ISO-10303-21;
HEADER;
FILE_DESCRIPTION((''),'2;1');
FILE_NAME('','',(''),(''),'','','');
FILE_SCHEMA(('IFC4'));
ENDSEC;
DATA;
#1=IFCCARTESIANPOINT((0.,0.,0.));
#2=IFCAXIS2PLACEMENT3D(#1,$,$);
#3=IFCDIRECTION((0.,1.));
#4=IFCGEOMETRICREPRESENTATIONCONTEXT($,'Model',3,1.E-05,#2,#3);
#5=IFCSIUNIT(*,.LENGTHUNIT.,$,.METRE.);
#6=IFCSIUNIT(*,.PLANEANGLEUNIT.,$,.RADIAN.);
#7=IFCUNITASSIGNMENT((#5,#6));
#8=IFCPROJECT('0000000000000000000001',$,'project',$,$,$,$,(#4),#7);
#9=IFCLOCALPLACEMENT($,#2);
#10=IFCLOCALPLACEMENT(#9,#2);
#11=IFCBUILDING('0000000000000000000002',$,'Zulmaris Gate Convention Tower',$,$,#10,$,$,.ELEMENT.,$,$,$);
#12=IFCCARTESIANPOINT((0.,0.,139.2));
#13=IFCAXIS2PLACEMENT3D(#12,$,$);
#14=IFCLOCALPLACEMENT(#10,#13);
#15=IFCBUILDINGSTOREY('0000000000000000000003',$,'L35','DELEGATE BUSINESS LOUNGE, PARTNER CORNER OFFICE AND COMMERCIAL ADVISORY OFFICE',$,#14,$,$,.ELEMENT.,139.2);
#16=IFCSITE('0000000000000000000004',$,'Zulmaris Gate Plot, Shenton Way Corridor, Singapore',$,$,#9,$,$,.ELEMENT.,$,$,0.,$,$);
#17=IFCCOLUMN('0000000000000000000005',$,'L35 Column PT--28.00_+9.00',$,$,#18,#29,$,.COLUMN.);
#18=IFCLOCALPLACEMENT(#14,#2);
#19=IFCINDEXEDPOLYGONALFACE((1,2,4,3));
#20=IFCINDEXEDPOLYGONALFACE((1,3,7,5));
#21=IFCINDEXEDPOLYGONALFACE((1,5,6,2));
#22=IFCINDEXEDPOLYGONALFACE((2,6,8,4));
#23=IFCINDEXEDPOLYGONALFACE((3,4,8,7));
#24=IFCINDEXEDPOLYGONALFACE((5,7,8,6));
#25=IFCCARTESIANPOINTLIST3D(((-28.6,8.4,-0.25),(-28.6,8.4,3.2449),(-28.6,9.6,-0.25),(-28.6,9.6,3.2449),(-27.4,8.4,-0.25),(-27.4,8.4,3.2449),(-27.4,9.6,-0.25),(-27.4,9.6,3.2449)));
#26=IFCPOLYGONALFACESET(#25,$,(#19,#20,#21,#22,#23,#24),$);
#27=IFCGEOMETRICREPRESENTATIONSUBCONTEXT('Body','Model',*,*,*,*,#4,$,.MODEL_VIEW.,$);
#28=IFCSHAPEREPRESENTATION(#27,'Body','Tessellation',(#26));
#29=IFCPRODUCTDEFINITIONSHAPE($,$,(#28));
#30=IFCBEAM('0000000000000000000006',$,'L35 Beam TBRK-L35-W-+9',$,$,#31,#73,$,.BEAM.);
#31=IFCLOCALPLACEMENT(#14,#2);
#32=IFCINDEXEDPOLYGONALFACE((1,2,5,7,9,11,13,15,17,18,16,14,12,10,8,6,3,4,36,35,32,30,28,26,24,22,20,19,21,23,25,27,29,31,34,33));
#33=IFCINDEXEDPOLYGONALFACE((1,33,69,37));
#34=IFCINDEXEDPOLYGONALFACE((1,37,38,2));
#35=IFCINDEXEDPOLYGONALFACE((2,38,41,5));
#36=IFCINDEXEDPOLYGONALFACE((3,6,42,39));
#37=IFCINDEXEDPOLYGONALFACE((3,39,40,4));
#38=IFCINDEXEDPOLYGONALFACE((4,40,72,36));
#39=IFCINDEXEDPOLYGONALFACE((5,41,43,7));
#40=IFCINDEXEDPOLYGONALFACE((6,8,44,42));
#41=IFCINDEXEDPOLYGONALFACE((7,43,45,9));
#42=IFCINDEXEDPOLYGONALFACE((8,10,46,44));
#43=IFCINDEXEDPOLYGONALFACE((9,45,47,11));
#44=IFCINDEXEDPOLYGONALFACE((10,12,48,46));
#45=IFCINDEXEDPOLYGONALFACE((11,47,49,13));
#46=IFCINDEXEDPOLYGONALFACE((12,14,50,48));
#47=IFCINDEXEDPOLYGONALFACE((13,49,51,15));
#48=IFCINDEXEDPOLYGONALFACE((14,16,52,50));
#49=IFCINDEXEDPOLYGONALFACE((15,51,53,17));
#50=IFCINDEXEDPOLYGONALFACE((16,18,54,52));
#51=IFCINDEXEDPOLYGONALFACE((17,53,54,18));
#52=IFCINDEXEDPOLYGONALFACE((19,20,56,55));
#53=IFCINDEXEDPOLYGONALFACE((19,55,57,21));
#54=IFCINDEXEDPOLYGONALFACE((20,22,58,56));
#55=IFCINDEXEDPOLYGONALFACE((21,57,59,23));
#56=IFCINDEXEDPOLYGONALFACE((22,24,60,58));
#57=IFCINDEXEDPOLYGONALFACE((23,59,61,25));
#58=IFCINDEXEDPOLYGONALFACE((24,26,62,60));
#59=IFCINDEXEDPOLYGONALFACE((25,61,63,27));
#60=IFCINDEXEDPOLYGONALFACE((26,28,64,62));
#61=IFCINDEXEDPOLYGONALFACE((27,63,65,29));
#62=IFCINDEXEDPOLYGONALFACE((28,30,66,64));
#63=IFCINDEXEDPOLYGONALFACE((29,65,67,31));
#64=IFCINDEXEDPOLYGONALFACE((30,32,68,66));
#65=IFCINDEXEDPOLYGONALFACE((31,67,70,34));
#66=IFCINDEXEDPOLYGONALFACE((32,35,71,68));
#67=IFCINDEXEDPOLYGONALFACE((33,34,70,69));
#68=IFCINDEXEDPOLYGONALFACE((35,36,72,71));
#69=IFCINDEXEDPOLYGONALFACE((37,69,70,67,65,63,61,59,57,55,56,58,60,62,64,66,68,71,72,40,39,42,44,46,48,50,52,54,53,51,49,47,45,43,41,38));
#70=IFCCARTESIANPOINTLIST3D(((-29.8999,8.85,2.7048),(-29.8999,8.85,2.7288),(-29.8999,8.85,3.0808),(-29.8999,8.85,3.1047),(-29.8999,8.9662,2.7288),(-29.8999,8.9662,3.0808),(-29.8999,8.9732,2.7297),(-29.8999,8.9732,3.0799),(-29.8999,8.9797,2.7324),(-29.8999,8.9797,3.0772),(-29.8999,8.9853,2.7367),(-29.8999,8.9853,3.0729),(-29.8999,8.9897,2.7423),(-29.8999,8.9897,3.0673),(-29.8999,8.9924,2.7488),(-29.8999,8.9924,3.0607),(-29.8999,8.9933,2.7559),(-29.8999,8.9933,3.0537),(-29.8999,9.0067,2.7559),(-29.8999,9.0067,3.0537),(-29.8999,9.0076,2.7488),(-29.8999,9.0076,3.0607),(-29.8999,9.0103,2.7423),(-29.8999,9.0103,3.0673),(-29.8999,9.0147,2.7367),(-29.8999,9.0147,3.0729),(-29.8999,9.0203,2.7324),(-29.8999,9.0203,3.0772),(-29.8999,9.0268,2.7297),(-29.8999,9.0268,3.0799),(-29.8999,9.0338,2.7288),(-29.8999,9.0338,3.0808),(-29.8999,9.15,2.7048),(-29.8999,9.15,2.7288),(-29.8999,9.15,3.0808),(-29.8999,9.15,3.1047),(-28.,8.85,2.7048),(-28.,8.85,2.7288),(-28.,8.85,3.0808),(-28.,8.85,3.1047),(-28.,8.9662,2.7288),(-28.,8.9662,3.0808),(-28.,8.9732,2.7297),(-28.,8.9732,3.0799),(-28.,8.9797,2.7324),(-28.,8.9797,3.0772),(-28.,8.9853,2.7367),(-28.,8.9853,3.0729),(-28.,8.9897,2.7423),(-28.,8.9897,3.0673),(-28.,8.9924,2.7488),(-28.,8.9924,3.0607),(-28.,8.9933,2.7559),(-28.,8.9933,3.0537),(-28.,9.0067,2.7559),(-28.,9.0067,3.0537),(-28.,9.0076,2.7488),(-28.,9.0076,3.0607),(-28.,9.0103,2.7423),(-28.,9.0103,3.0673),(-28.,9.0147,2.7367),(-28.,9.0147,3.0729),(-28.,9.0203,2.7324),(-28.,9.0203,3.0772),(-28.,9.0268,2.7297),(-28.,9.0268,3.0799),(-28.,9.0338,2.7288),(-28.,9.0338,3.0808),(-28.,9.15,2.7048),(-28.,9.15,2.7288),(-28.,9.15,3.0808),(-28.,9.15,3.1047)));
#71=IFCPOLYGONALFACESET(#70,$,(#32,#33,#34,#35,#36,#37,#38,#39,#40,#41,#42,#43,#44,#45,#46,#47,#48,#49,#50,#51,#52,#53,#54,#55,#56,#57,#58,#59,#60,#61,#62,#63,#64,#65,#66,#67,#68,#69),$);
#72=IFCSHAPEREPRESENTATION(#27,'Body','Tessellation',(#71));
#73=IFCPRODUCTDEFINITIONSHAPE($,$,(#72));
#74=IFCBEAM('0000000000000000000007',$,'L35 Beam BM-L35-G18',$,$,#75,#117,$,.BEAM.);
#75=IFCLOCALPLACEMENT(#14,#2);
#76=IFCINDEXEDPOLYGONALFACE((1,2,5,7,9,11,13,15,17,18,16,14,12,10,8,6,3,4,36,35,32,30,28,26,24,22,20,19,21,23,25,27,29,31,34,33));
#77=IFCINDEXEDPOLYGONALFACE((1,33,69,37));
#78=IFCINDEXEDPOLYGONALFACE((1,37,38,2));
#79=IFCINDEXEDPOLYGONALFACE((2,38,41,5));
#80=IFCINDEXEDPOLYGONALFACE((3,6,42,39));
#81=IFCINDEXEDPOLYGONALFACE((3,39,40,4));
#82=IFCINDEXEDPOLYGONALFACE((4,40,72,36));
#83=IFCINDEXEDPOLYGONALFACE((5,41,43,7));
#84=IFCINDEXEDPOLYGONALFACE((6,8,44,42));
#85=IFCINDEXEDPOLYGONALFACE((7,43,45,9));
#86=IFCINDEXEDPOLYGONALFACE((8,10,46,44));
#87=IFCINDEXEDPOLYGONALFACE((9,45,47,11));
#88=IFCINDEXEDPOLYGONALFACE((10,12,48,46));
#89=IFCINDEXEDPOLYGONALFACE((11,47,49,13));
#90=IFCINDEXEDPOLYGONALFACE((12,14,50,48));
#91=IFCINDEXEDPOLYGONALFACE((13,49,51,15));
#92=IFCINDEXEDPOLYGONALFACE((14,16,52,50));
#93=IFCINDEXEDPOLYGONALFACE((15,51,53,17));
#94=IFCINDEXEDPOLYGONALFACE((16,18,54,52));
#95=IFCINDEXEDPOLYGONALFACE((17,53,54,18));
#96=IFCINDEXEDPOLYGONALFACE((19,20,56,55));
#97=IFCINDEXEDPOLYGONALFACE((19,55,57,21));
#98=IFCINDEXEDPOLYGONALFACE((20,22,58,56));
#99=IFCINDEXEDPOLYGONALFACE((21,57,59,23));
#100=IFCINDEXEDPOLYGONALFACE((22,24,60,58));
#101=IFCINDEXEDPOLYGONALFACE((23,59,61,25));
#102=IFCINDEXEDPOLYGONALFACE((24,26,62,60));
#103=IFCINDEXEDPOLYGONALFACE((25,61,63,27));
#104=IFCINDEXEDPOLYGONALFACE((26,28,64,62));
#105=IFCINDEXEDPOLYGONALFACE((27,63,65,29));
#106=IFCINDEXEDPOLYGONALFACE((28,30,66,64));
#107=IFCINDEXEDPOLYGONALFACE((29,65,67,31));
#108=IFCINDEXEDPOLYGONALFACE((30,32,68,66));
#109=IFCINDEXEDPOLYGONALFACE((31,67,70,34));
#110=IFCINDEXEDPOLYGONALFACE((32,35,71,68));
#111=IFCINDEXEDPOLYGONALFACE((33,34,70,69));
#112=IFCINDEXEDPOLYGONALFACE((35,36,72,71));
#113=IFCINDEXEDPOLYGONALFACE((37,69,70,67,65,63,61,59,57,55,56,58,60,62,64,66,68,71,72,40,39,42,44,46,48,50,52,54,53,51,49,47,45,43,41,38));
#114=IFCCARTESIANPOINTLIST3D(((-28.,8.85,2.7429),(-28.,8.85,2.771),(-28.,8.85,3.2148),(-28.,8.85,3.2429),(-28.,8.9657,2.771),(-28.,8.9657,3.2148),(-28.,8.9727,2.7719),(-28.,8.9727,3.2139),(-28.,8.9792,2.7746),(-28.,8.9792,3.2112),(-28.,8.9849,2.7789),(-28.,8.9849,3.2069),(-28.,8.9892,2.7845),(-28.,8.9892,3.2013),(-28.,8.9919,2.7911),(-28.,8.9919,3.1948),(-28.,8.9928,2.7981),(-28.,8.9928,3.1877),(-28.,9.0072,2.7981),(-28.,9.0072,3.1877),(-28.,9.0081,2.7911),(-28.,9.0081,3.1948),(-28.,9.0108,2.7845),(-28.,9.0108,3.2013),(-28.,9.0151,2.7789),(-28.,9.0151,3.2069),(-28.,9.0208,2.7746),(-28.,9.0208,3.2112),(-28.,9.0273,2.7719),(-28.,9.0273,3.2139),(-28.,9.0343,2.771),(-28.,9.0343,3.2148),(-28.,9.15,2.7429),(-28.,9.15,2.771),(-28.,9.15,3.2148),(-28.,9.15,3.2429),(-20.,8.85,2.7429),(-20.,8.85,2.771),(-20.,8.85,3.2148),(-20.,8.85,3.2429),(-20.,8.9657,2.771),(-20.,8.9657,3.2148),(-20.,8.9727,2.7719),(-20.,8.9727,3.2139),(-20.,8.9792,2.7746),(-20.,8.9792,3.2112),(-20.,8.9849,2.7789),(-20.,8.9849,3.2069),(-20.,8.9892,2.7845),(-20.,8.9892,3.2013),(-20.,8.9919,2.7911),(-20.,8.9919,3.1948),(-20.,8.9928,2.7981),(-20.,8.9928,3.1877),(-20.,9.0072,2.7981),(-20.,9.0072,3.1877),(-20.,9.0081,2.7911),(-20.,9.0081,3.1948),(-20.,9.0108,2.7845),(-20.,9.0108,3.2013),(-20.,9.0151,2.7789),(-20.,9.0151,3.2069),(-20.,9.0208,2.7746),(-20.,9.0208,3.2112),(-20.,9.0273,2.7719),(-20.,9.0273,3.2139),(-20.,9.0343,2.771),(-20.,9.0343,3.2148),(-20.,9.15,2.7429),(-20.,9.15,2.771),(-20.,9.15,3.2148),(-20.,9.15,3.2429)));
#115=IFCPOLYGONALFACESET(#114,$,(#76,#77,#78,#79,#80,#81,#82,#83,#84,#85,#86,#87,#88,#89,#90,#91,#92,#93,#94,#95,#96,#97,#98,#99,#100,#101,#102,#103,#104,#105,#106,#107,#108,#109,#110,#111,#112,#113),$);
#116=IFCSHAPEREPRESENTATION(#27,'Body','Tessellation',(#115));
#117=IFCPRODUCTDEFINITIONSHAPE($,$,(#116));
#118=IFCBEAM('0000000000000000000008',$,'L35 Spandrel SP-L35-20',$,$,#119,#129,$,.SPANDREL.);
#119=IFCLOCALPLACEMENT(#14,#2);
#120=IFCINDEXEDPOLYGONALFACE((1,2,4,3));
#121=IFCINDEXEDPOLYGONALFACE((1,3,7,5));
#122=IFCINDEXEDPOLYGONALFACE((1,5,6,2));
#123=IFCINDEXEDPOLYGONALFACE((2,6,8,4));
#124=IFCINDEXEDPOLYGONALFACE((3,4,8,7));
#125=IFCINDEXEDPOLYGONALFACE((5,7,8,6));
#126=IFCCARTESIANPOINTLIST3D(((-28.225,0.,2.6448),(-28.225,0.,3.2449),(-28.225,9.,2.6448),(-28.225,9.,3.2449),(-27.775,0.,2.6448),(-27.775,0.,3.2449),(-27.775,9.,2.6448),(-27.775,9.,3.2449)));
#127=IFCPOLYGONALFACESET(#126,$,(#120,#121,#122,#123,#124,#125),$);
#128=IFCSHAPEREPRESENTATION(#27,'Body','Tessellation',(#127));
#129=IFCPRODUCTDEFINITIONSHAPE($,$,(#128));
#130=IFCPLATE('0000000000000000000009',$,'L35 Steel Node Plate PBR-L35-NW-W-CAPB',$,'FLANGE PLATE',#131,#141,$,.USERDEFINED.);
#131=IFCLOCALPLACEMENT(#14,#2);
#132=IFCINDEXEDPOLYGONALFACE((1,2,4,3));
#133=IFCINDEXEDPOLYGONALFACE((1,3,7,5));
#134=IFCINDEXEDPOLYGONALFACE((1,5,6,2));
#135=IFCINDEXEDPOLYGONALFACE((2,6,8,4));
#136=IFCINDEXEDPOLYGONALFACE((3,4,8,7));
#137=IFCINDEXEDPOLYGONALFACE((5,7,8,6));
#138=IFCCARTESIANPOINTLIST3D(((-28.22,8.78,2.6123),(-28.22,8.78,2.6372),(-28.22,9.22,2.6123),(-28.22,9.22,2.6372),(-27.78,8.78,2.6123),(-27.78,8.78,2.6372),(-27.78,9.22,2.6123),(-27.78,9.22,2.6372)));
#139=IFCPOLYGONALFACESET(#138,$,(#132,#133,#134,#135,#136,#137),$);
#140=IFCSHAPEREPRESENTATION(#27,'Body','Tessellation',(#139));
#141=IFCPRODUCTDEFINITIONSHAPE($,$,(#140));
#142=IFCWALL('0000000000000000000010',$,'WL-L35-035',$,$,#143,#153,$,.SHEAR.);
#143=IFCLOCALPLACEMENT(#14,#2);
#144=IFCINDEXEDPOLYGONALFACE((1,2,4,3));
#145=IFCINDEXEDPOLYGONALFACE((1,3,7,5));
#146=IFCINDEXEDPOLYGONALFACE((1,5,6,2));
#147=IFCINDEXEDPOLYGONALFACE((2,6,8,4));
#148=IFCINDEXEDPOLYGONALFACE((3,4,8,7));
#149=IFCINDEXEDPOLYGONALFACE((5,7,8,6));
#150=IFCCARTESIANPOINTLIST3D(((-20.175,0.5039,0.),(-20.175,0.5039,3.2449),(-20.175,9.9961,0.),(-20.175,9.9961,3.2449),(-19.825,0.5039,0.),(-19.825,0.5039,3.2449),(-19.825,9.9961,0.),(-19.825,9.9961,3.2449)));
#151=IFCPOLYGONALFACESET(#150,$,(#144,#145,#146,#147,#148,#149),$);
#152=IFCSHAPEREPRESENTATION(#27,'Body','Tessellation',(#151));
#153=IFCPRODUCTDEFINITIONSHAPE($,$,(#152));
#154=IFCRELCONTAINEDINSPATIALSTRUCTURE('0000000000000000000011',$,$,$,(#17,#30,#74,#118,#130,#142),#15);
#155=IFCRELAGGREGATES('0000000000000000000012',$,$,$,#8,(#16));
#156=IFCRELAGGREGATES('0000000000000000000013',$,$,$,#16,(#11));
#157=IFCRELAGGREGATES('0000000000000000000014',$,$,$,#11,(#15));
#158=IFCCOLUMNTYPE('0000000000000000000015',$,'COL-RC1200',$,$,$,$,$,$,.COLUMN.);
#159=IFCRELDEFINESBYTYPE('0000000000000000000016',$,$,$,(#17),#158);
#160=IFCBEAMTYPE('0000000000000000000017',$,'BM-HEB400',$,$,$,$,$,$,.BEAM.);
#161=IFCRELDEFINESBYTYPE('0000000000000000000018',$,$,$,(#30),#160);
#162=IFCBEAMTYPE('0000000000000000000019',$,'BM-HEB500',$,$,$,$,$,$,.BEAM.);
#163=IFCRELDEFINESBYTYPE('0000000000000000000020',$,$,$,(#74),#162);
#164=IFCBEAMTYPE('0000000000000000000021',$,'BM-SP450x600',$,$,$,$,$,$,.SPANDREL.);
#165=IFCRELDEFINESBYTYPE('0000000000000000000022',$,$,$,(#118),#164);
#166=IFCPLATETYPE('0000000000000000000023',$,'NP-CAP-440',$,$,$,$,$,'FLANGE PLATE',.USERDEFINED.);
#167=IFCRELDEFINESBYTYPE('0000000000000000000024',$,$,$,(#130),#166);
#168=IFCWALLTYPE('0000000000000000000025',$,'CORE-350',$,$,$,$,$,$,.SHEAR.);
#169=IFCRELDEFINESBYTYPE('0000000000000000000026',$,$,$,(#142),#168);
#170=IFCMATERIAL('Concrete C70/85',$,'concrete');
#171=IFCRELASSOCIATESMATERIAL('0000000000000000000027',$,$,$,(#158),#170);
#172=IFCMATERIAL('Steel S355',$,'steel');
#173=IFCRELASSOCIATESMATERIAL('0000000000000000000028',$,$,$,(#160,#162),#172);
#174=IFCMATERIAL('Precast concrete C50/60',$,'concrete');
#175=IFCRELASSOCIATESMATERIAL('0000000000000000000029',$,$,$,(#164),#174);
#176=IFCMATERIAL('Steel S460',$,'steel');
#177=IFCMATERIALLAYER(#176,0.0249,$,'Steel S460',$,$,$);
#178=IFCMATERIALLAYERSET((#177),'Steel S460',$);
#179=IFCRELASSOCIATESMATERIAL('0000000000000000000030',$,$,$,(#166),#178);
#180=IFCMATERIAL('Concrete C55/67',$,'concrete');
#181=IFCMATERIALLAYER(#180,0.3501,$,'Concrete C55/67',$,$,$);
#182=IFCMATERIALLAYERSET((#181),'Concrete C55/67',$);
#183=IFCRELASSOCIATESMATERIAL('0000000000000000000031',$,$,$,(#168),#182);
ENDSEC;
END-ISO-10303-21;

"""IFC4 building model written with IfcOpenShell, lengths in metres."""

from ifc_helpers import new_model, si_unit, direction, frame, frame_2d, origin, origin_2d, place, context, subcontext, project, spatial, rectangle, i_section, extrude, material, layer, layer_set, material_profile, profile_set, type_object, element, save


model = new_model("IFC4")

# Units and contexts
model_context = context("Model", 3, precision=1e-05, world=origin(), true_north=direction((0.0, 1.0)))
body_context = subcontext(model_context, "Body", "Model", "MODEL_VIEW")
ifc_project = project(units=[si_unit("LENGTHUNIT", "METRE"), si_unit("PLANEANGLEUNIT", "RADIAN")], contexts=[model_context])

# Site, building, storey
site_placement = place(None, origin())
site = spatial("IfcSite", under=ifc_project, at=site_placement, Name="Zulmaris Gate Plot, Shenton Way Corridor, Singapore", CompositionType="ELEMENT", RefElevation=0.0)
building_placement = place(site_placement, origin())
building = spatial("IfcBuilding", under=site, at=building_placement, Name="Zulmaris Gate Convention Tower", CompositionType="ELEMENT")
storey_placement = place(building_placement, frame((0.0, 0.0, 139.2)))
storey = spatial("IfcBuildingStorey", under=building, at=storey_placement, Name="L35", Description="DELEGATE BUSINESS LOUNGE, PARTNER CORNER OFFICE AND COMMERCIAL ADVISORY OFFICE", CompositionType="ELEMENT", Elevation=139.2)

# Column
ifc_material_1 = material(Name="Concrete C70/85", Category="concrete")
ifc_material_profile_1 = material_profile(ifc_material_1, rectangle(XDim=1.2, YDim=1.2, at=origin_2d()), Name="RC COL 1200x1200")
ifc_profile_set_1 = profile_set([ifc_material_profile_1], Name="Concrete C70/85")
column_type = type_object("IfcColumnType", Name="COL-RC1200", PredefinedType="COLUMN", material=ifc_profile_set_1)
column_placement = place(storey_placement, frame((-28.0, 9.0, -0.25), z_axis=(0.0, 0.0, 1.0), x_axis=(1.0, 0.0, 0.0)))
element("IfcColumn", 1, at=column_placement, inside=storey, type_object=column_type, Name="L35 Column PT--28.00_+9.00", PredefinedType="COLUMN", context=body_context, shape_type="SweptSolid", body=[
    extrude(rectangle(XDim=1.2, YDim=1.2, at=origin_2d()), origin(), (0.0, 0.0, 1.0), 3.4949),
])

# Beams
ifc_material_2 = material(Name="Steel S355", Category="steel")
ifc_material_profile_2 = material_profile(ifc_material_2, i_section(OverallWidth=0.3, OverallDepth=0.3999, WebThickness=0.0134, FlangeThickness=0.0239, FilletRadius=0.0271, at=origin_2d()), Name="HEB 400")
ifc_profile_set_2 = profile_set([ifc_material_profile_2], Name="Steel S355")
beam_type_1 = type_object("IfcBeamType", Name="BM-HEB400", PredefinedType="BEAM", material=ifc_profile_set_2)
beam_1_placement = place(storey_placement, frame((-29.8999, 9.0, 2.9048), z_axis=(1.0, 0.0, 0.0), x_axis=(0.0, 1.0, 0.0)))
element("IfcBeam", 2, at=beam_1_placement, inside=storey, type_object=beam_type_1, Name="L35 Beam TBRK-L35-W-+9", PredefinedType="BEAM", context=body_context, shape_type="SweptSolid", body=[
    extrude(i_section(OverallWidth=0.3, OverallDepth=0.3999, WebThickness=0.0134, FlangeThickness=0.0239, FilletRadius=0.0271, at=origin_2d()), origin(), (0.0, 0.0, 1.0), 1.8999),
])
ifc_material_profile_3 = material_profile(ifc_material_2, i_section(OverallWidth=0.3, OverallDepth=0.5, WebThickness=0.0144, FlangeThickness=0.0281, FilletRadius=0.0271, at=origin_2d()), Name="HEB 500")
ifc_profile_set_3 = profile_set([ifc_material_profile_3], Name="Steel S355")
beam_type_2 = type_object("IfcBeamType", Name="BM-HEB500", PredefinedType="BEAM", material=ifc_profile_set_3)
beam_2_placement = place(storey_placement, frame((-28.0, 9.0, 2.9929), z_axis=(1.0, 0.0, 0.0), x_axis=(0.0, 1.0, 0.0)))
element("IfcBeam", 3, at=beam_2_placement, inside=storey, type_object=beam_type_2, Name="L35 Beam BM-L35-G18", PredefinedType="BEAM", context=body_context, shape_type="SweptSolid", body=[
    extrude(i_section(OverallWidth=0.3, OverallDepth=0.5, WebThickness=0.0144, FlangeThickness=0.0281, FilletRadius=0.0271, at=origin_2d()), origin(), (0.0, 0.0, 1.0), 8.0),
])
ifc_material_3 = material(Name="Precast concrete C50/60", Category="concrete")
ifc_material_profile_4 = material_profile(ifc_material_3, rectangle(XDim=0.45, YDim=0.6001, at=origin_2d()), Name="RC SPANDREL 450x600")
ifc_profile_set_4 = profile_set([ifc_material_profile_4], Name="Precast concrete C50/60")
beam_type_3 = type_object("IfcBeamType", Name="BM-SP450x600", PredefinedType="SPANDREL", material=ifc_profile_set_4)
beam_3_placement = place(storey_placement, frame((-28.0, 9.0, 2.9448), z_axis=(0.0, -1.0, 0.0), x_axis=(1.0, 0.0, 0.0)))
element("IfcBeam", 4, at=beam_3_placement, inside=storey, type_object=beam_type_3, Name="L35 Spandrel SP-L35-20", PredefinedType="SPANDREL", context=body_context, shape_type="SweptSolid", body=[
    extrude(rectangle(XDim=0.45, YDim=0.6001, at=origin_2d()), origin(), (0.0, 0.0, 1.0), 9.0),
])

# Plate
ifc_material_4 = material(Name="Steel S460", Category="steel")
ifc_layer_1 = layer(ifc_material_4, 0.0249, Name="Steel S460")
ifc_layer_set_1 = layer_set([ifc_layer_1], Name="Steel S460")
plate_type = type_object("IfcPlateType", Name="NP-CAP-440", ElementType="FLANGE PLATE", PredefinedType="USERDEFINED", material=ifc_layer_set_1)
plate_placement = place(storey_placement, frame((-28.0, 9.0, 2.6123), z_axis=(0.0, 0.0, 1.0), x_axis=(1.0, 0.0, 0.0)))
element("IfcPlate", 5, at=plate_placement, inside=storey, type_object=plate_type, Name="L35 Steel Node Plate PBR-L35-NW-W-CAPB", ObjectType="FLANGE PLATE", PredefinedType="USERDEFINED", context=body_context, shape_type="SweptSolid", body=[
    extrude(rectangle(XDim=0.4399, YDim=0.4399, at=origin_2d()), origin(), (0.0, 0.0, 1.0), 0.0249),
])

# Wall
ifc_material_5 = material(Name="Concrete C55/67", Category="concrete")
ifc_layer_2 = layer(ifc_material_5, 0.3501, Name="Concrete C55/67")
ifc_layer_set_2 = layer_set([ifc_layer_2], Name="Concrete C55/67")
wall_type_1 = type_object("IfcWallType", Name="CORE-350", PredefinedType="SHEAR", material=ifc_layer_set_2)
wall_1_placement = place(storey_placement, frame((-20.0, 0.5039, 0.0), z_axis=(0.0, 0.0, 1.0), x_axis=(0.0, 1.0, 0.0)))
element("IfcWall", 6, at=wall_1_placement, inside=storey, type_object=wall_type_1, Name="WL-L35-035", PredefinedType="SHEAR", context=body_context, shape_type="SweptSolid", body=[
    extrude(rectangle(XDim=9.4922, YDim=0.3501, at=frame_2d((4.7461, 0.0))), origin(), (0.0, 0.0, 1.0), 3.2449),
])

save(model, "model.ifc")
